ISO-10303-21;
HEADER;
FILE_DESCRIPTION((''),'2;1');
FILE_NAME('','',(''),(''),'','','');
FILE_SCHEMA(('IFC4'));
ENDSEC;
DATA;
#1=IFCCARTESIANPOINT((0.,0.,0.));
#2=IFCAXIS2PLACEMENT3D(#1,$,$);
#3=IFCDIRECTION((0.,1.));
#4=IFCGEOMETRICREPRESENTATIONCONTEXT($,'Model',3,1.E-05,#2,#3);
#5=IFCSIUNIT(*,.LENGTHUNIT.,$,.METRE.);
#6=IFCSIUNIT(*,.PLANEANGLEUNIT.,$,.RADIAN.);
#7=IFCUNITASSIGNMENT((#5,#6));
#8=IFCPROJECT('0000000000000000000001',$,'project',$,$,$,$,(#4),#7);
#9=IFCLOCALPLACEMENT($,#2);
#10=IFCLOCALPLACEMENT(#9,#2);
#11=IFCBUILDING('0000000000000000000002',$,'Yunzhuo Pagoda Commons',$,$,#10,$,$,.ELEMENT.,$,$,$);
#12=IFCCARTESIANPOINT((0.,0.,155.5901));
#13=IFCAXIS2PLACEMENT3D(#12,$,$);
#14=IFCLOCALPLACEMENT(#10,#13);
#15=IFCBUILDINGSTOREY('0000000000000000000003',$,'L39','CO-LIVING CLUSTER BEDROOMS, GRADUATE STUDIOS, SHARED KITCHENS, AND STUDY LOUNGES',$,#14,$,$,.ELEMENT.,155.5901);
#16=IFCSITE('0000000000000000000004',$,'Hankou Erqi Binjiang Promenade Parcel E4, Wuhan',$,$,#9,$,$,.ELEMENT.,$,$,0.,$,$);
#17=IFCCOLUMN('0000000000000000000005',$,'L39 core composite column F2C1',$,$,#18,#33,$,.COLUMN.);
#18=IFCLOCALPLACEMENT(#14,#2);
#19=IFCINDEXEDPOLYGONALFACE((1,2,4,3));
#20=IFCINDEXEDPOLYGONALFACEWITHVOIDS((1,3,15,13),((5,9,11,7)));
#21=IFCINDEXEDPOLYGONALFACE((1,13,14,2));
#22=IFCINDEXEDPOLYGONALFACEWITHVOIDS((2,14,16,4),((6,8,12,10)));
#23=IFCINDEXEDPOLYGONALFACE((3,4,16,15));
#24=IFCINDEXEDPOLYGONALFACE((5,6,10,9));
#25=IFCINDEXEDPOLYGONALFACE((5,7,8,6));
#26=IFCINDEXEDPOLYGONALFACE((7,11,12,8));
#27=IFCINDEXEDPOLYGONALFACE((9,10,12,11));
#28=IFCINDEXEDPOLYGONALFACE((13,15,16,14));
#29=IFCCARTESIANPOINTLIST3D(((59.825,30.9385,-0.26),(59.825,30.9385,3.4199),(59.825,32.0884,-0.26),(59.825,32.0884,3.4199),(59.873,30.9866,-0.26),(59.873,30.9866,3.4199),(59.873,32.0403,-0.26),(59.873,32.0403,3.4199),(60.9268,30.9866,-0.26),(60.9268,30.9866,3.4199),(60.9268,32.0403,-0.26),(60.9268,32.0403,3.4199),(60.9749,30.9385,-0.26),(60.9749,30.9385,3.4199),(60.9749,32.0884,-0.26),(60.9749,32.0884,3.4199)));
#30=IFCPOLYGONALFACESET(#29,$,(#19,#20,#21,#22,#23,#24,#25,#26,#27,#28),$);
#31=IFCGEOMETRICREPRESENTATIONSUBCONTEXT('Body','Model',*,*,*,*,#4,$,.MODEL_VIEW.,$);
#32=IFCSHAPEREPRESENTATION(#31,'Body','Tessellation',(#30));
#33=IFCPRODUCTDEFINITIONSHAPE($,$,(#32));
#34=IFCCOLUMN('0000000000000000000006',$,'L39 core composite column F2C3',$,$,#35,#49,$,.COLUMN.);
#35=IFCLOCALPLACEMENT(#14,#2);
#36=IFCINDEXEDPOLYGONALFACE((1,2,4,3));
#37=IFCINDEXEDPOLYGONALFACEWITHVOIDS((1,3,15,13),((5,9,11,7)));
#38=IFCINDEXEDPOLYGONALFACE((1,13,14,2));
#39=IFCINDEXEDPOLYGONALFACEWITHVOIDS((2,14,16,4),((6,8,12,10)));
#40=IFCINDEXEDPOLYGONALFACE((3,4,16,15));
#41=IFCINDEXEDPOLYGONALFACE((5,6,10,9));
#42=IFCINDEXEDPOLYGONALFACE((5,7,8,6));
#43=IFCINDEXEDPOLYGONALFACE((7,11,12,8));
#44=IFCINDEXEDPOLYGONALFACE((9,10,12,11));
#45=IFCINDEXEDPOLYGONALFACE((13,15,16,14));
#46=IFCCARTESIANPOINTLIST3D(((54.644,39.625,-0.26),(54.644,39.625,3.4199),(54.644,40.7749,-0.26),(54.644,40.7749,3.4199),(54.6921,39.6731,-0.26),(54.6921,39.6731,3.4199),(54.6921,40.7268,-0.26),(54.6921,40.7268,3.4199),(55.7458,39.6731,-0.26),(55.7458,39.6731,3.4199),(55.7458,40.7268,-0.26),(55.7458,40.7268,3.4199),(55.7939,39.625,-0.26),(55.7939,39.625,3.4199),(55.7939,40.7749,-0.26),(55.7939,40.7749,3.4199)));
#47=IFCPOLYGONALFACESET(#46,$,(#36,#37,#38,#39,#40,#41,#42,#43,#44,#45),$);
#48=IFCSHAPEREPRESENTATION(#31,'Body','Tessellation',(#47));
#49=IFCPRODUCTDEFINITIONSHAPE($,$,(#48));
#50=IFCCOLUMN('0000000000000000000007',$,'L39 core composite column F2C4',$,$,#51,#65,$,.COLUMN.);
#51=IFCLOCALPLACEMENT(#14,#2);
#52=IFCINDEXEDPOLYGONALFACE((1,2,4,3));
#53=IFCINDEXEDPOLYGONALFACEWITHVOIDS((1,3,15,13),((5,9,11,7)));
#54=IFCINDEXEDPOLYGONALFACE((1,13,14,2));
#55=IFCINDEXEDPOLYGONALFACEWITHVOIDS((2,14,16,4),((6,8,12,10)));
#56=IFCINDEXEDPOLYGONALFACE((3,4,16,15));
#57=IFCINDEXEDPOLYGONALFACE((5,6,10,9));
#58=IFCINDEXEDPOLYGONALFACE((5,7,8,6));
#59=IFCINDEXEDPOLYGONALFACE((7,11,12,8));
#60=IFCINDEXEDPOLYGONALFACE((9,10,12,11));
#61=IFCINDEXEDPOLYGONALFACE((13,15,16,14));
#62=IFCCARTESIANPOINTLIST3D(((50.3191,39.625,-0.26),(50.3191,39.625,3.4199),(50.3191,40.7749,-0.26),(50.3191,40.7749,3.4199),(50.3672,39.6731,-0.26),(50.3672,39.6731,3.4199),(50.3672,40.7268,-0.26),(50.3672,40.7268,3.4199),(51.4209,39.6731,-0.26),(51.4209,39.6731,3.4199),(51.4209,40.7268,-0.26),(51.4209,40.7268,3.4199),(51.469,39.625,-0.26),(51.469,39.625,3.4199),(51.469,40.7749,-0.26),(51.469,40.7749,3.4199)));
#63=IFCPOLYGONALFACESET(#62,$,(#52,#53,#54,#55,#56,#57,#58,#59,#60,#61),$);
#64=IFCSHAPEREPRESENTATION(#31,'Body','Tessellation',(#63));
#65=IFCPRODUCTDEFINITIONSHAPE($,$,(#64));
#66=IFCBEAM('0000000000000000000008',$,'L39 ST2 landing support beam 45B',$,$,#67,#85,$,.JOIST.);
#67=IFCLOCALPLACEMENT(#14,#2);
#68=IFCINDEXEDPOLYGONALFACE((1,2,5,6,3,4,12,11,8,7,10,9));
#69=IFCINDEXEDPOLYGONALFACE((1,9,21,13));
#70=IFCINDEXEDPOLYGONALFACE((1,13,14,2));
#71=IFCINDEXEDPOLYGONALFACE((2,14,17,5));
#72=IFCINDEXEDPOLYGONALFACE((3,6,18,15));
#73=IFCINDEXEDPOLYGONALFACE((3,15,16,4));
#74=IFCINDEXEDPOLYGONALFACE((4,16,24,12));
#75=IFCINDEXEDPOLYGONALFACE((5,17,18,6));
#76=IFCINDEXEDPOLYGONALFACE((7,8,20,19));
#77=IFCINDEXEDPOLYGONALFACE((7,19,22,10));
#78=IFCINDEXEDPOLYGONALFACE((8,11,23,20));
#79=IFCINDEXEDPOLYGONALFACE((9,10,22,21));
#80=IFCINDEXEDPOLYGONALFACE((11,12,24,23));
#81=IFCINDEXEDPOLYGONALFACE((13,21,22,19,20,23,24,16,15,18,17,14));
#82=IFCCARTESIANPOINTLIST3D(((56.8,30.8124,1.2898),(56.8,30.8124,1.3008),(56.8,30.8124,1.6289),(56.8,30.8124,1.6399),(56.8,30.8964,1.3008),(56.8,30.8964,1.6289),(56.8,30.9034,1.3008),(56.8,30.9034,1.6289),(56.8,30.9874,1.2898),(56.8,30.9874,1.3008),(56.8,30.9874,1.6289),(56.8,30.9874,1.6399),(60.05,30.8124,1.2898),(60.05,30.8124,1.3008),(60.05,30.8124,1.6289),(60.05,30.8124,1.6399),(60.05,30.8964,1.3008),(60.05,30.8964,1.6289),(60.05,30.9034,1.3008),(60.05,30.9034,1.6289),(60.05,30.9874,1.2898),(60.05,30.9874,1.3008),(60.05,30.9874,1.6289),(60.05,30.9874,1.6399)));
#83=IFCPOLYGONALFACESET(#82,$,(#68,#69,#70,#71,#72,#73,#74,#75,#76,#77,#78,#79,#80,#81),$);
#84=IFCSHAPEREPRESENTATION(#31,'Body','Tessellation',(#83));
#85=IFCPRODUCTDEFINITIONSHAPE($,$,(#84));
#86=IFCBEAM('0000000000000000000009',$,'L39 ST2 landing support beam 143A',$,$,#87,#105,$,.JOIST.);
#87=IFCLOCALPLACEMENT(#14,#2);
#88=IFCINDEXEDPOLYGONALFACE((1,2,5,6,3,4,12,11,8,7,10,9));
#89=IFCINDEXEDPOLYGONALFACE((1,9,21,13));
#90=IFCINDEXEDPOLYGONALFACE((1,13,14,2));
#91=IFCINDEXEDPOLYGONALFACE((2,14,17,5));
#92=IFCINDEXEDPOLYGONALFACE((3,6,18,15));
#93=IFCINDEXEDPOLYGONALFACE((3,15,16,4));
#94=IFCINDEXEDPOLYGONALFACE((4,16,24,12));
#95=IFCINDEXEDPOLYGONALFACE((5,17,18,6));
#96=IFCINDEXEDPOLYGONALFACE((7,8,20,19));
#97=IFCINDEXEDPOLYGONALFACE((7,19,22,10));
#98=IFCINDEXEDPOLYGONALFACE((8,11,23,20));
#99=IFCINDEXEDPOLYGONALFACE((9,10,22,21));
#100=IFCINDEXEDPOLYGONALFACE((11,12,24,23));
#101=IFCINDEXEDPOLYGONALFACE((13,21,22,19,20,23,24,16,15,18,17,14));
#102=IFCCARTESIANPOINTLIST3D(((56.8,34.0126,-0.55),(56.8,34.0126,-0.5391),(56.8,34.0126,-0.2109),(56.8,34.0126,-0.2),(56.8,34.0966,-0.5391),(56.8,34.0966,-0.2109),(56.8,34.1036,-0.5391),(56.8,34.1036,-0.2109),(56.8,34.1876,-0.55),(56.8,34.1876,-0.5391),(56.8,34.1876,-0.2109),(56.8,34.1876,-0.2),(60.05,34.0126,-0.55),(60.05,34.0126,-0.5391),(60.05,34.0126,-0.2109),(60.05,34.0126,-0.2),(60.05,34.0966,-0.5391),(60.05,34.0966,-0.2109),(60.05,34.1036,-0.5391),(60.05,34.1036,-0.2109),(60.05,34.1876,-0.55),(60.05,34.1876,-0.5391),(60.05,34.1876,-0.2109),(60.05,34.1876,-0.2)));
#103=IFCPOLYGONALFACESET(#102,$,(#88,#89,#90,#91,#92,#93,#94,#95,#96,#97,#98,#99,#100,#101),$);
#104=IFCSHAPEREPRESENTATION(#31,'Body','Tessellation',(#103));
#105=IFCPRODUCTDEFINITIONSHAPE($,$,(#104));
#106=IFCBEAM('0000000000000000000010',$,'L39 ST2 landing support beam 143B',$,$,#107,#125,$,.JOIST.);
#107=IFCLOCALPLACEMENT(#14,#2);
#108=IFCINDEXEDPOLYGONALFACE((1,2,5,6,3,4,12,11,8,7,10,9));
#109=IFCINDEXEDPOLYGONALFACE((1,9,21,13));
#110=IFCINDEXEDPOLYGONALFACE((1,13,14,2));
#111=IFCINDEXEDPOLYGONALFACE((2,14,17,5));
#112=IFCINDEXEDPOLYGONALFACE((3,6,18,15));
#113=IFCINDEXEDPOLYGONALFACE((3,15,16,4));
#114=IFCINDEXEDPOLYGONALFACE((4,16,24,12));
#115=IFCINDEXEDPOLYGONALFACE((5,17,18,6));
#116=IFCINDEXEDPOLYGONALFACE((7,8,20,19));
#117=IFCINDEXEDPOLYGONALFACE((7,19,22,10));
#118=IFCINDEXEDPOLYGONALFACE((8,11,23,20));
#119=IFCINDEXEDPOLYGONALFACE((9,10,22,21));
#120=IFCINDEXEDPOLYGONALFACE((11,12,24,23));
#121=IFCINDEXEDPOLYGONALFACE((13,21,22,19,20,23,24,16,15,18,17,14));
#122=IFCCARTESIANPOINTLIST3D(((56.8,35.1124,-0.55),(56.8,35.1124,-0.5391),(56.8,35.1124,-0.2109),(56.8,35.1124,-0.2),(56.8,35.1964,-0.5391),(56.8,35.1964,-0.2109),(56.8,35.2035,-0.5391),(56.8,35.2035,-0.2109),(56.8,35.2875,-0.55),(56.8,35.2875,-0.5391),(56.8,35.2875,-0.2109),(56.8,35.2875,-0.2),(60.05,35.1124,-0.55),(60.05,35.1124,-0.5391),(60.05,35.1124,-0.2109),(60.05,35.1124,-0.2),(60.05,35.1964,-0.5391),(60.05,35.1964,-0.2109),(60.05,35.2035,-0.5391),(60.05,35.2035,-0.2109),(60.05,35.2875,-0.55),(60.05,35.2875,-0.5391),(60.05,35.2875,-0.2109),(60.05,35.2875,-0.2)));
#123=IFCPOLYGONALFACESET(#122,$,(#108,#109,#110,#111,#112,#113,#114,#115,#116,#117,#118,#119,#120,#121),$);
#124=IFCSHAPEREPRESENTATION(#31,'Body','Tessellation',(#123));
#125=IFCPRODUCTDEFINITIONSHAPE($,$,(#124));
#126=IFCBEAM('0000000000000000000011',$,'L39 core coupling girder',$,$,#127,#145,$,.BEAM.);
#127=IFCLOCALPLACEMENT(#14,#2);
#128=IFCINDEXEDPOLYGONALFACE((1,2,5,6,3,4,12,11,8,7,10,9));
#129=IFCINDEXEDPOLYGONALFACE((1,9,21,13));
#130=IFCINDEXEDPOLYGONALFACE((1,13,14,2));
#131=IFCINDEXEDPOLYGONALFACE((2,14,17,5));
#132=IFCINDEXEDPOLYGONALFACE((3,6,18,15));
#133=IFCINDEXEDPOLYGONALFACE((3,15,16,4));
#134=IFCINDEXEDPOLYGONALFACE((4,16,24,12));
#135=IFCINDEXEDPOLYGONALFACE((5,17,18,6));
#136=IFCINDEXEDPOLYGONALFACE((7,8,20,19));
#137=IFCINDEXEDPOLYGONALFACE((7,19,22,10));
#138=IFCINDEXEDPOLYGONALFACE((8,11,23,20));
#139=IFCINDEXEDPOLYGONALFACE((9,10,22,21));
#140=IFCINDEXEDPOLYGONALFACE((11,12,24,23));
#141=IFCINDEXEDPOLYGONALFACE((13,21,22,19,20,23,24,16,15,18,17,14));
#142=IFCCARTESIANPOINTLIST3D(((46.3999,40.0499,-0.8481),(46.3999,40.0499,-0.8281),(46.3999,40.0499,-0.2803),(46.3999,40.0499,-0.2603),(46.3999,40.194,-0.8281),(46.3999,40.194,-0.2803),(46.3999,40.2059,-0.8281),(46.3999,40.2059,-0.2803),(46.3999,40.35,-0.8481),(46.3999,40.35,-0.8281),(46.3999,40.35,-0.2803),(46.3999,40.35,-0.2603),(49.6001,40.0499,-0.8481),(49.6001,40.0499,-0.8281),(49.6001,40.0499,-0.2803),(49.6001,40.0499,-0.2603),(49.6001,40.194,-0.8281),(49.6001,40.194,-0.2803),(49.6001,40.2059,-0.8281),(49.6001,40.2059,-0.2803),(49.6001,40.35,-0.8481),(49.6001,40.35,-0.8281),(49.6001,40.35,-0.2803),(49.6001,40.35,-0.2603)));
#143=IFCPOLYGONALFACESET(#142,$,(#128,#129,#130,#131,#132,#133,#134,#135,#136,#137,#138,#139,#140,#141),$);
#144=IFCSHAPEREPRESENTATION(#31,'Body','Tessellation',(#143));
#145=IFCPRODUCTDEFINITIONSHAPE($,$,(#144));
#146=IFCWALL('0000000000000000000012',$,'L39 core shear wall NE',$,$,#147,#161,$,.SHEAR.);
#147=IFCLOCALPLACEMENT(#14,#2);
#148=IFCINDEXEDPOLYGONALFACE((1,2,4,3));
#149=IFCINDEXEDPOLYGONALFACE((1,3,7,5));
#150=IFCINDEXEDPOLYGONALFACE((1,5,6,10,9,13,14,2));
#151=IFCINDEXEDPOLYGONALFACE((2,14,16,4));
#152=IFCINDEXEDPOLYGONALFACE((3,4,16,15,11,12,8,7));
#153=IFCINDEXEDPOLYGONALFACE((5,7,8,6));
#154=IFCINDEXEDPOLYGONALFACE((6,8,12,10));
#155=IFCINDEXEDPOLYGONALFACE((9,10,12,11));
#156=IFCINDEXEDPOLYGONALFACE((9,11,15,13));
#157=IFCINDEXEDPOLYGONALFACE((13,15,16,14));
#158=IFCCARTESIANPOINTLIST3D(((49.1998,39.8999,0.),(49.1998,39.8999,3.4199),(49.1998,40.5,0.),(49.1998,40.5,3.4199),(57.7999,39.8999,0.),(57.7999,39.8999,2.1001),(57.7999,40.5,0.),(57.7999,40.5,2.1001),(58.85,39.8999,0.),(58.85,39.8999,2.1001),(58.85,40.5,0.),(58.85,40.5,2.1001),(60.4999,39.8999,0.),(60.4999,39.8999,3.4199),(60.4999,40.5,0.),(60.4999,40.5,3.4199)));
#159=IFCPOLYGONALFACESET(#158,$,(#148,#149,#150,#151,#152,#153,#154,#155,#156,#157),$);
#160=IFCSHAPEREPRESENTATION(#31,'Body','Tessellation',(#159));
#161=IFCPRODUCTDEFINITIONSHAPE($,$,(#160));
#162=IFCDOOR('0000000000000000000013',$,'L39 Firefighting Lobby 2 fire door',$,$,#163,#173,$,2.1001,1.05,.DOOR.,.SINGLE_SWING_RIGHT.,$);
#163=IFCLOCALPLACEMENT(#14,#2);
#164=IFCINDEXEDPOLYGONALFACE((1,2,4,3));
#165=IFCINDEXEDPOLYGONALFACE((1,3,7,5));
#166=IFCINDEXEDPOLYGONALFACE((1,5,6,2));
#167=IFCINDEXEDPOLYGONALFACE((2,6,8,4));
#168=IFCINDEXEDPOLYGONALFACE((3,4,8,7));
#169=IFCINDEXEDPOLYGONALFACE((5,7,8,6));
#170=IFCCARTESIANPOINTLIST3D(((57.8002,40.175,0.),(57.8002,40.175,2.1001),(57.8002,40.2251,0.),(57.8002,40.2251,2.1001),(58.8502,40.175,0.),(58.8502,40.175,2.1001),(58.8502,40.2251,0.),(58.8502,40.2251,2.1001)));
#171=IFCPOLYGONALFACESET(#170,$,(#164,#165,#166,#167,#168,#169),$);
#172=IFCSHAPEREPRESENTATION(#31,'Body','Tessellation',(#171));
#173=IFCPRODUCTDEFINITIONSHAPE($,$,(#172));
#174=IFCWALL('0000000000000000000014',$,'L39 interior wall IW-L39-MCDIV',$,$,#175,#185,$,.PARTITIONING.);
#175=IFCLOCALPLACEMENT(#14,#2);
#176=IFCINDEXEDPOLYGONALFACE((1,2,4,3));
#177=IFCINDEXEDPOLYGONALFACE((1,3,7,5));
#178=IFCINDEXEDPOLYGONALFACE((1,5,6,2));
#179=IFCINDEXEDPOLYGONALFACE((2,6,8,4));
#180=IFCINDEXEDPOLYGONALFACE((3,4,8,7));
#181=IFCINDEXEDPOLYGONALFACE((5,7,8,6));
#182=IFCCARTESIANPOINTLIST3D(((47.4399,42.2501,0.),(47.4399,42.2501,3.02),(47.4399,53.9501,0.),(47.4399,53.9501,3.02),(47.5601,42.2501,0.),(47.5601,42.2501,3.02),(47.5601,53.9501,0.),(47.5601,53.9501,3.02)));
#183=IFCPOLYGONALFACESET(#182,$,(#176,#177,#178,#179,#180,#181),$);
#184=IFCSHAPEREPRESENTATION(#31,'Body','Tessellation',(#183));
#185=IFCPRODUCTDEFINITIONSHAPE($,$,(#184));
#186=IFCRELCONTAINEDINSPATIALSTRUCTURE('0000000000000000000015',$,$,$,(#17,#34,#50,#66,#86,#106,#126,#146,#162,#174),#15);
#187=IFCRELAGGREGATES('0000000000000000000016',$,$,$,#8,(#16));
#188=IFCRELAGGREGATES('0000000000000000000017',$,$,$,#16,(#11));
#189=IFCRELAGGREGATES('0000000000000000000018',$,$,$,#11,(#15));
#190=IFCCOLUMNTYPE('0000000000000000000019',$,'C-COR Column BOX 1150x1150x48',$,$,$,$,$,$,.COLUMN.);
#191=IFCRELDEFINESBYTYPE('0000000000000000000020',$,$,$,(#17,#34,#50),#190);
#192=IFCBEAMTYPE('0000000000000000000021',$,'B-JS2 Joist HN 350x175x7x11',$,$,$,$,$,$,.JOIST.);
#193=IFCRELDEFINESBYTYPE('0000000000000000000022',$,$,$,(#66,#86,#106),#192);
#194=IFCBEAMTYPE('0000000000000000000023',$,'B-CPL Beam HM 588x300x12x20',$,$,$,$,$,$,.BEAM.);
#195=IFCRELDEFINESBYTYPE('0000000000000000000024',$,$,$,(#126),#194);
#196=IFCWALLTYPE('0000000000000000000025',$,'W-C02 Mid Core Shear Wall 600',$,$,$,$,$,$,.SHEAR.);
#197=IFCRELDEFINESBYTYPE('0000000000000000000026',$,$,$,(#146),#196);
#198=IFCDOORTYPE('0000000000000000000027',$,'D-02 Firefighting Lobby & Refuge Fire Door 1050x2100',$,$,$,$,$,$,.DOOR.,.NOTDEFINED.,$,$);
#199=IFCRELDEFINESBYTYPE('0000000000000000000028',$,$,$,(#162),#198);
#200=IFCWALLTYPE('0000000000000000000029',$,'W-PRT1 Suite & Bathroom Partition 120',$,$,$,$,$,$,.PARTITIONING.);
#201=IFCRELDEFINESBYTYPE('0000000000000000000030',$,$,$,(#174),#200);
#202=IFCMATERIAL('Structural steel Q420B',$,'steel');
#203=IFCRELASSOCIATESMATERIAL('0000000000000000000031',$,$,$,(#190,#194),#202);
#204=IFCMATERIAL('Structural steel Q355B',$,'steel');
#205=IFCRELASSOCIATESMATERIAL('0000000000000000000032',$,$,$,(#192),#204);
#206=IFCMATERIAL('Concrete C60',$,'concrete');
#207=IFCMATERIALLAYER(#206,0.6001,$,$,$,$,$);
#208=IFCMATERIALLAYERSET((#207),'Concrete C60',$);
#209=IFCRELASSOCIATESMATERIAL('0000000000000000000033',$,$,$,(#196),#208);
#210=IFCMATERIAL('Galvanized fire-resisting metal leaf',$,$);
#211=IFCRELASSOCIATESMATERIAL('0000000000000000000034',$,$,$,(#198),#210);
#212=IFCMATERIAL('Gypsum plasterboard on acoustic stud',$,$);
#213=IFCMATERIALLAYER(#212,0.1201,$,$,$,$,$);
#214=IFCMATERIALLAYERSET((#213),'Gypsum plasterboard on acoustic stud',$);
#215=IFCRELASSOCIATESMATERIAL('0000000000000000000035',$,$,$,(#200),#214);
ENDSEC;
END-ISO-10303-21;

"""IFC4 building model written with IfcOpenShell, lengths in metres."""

from ifc_helpers import new_model, si_unit, direction, frame, frame_2d, origin, origin_2d, place, context, subcontext, project, spatial, rectangle, hollow_rectangle, i_section, extrude, source, transform, mapped, material, layer, layer_set, material_profile, profile_set, type_object, element, fill, save


model = new_model("IFC4")

# Units and contexts
model_context = context("Model", 3, precision=1e-05, world=origin(), true_north=direction((0.0, 1.0)))
body_context = subcontext(model_context, "Body", "Model", "MODEL_VIEW")
ifc_project = project(units=[si_unit("LENGTHUNIT", "METRE"), si_unit("PLANEANGLEUNIT", "RADIAN")], contexts=[model_context])

# Site, building, storey
site_placement = place(None, origin())
site = spatial("IfcSite", under=ifc_project, at=site_placement, Name="Hankou Erqi Binjiang Promenade Parcel E4, Wuhan", CompositionType="ELEMENT", RefElevation=0.0)
building_placement = place(site_placement, origin())
building = spatial("IfcBuilding", under=site, at=building_placement, Name="Yunzhuo Pagoda Commons", CompositionType="ELEMENT")
storey_placement = place(building_placement, frame((0.0, 0.0, 155.5901)))
storey = spatial("IfcBuildingStorey", under=building, at=storey_placement, Name="L39", Description="CO-LIVING CLUSTER BEDROOMS, GRADUATE STUDIOS, SHARED KITCHENS, AND STUDY LOUNGES", CompositionType="ELEMENT", Elevation=155.5901)

# Columns
ifc_material_1 = material(Name="Structural steel Q420B", Category="steel")
ifc_material_profile_1 = material_profile(ifc_material_1, hollow_rectangle(XDim=1.1499, YDim=1.1499, WallThickness=0.0481, at=origin_2d()), Name="Structural steel Q420B")
ifc_profile_set_1 = profile_set([ifc_material_profile_1], Name="Structural steel Q420B")
column_type = type_object("IfcColumnType", Name="C-COR Column BOX 1150x1150x48", PredefinedType="COLUMN", material=ifc_profile_set_1)
shared_shape_1 = source(origin(), body_context, "Body", "SweptSolid", [
    extrude(hollow_rectangle(XDim=1.1499, YDim=1.1499, WallThickness=0.0481, at=origin_2d()), origin(), (0.0, 0.0, 1.0), 3.6799),
])
for number, where, z_axis, x_axis, name in (
    (1, (60.3999, 31.5134, -0.26), (0.0, 0.0, 1.0), (1.0, 0.0, 0.0), "L39 core composite column F2C1"),
    (2, (55.219, 40.2, -0.26), (0.0, 0.0, 1.0), (1.0, 0.0, 0.0), "L39 core composite column F2C3"),
    (3, (50.894, 40.2, -0.26), (0.0, 0.0, 1.0), (1.0, 0.0, 0.0), "L39 core composite column F2C4"),
):
    element("IfcColumn", number, at=place(storey_placement, frame(where, z_axis=z_axis, x_axis=x_axis)), inside=storey, type_object=column_type, Name=name, PredefinedType="COLUMN", context=body_context, shape_type="MappedRepresentation", body=[
        mapped(shared_shape_1, transform((0.0, 0.0, 0.0), scale=1.0)),
    ])

# Beams
ifc_material_2 = material(Name="Structural steel Q355B", Category="steel")
ifc_material_profile_2 = material_profile(ifc_material_2, i_section(OverallWidth=0.175, OverallDepth=0.3501, WebThickness=0.0071, FlangeThickness=0.011, at=origin_2d()), Name="Structural steel Q355B")
ifc_profile_set_2 = profile_set([ifc_material_profile_2], Name="Structural steel Q355B")
beam_type_1 = type_object("IfcBeamType", Name="B-JS2 Joist HN 350x175x7x11", PredefinedType="JOIST", material=ifc_profile_set_2)
shared_shape_2 = source(origin(), body_context, "Body", "SweptSolid", [
    extrude(i_section(OverallWidth=0.175, OverallDepth=0.3501, WebThickness=0.0071, FlangeThickness=0.011, at=origin_2d()), origin(), (0.0, 0.0, 1.0), 3.25),
])
for number, where, z_axis, x_axis, name in (
    (4, (56.8, 30.8999, 1.4648), (1.0, 0.0, 0.0), (0.0, 1.0, 0.0), "L39 ST2 landing support beam 45B"),
    (5, (56.8, 34.1001, -0.375), (1.0, 0.0, 0.0), (0.0, 1.0, 0.0), "L39 ST2 landing support beam 143A"),
    (6, (56.8, 35.2, -0.375), (1.0, 0.0, 0.0), (0.0, 1.0, 0.0), "L39 ST2 landing support beam 143B"),
):
    element("IfcBeam", number, at=place(storey_placement, frame(where, z_axis=z_axis, x_axis=x_axis)), inside=storey, type_object=beam_type_1, Name=name, PredefinedType="JOIST", context=body_context, shape_type="MappedRepresentation", body=[
        mapped(shared_shape_2, transform((0.0, 0.0, 0.0), scale=1.0)),
    ])
ifc_material_profile_3 = material_profile(ifc_material_1, i_section(OverallWidth=0.3, OverallDepth=0.5879, WebThickness=0.012, FlangeThickness=0.02, at=origin_2d()), Name="Structural steel Q420B")
ifc_profile_set_3 = profile_set([ifc_material_profile_3], Name="Structural steel Q420B")
beam_type_2 = type_object("IfcBeamType", Name="B-CPL Beam HM 588x300x12x20", PredefinedType="BEAM", material=ifc_profile_set_3)
shared_shape_3 = source(origin(), body_context, "Body", "SweptSolid", [
    extrude(i_section(OverallWidth=0.3, OverallDepth=0.5879, WebThickness=0.012, FlangeThickness=0.02, at=origin_2d()), origin(), (0.0, 0.0, 1.0), 3.2002),
])
beam_placement = place(storey_placement, frame((46.3999, 40.2, -0.5542), z_axis=(1.0, 0.0, 0.0), x_axis=(0.0, 1.0, 0.0)))
element("IfcBeam", 7, at=beam_placement, inside=storey, type_object=beam_type_2, Name="L39 core coupling girder", PredefinedType="BEAM", context=body_context, shape_type="MappedRepresentation", body=[
    mapped(shared_shape_3, transform((0.0, 0.0, 0.0), scale=1.0)),
])

# Wall, opening, door
ifc_material_3 = material(Name="Concrete C60", Category="concrete")
ifc_layer_1 = layer(ifc_material_3, 0.6001)
ifc_layer_set_1 = layer_set([ifc_layer_1], Name="Concrete C60")
wall_type_1 = type_object("IfcWallType", Name="W-C02 Mid Core Shear Wall 600", PredefinedType="SHEAR", material=ifc_layer_set_1)
wall_1_placement = place(storey_placement, frame((49.2, 40.2, 0.0), z_axis=(0.0, 0.0, 1.0), x_axis=(1.0, 0.0, 0.0)))
wall_1 = element("IfcWall", 8, at=wall_1_placement, inside=storey, type_object=wall_type_1, Name="L39 core shear wall NE", PredefinedType="SHEAR", context=body_context, shape_type="SweptSolid", body=[
    extrude(rectangle(XDim=11.3, YDim=0.6001, at=frame_2d((5.6499, 0.0))), origin(), (0.0, 0.0, 1.0), 3.4199),
])
opening_1_placement = place(wall_1_placement, frame((8.6001, 0.0, 0.0)))
opening_1 = element("IfcOpeningElement", 9, at=opening_1_placement, cuts=wall_1, PredefinedType="OPENING", context=body_context, shape_type="SweptSolid", body=[
    extrude(rectangle(XDim=1.05, YDim=2.1001, at=frame_2d((0.5249, 1.05))), frame((0.0, 0.3101, 0.0), z_axis=(0.0, -1.0, 0.0), x_axis=(1.0, 0.0, 0.0)), (0.0, 0.0, 1.0), 0.6201),
])
ifc_material_4 = material(Name="Galvanized fire-resisting metal leaf")
door_type_1 = type_object("IfcDoorType", Name="D-02 Firefighting Lobby & Refuge Fire Door 1050x2100", OperationType="NOTDEFINED", PredefinedType="DOOR", material=ifc_material_4)
shared_shape_4 = source(origin(), body_context, "Body", "SweptSolid", [
    extrude(rectangle(XDim=1.05, YDim=2.1001, at=frame_2d((0.5249, 1.05))), frame((0.0, 0.0249, 0.0), z_axis=(0.0, -1.0, 0.0), x_axis=(1.0, 0.0, 0.0)), (0.0, 0.0, 1.0), 0.05),
])
door_1_placement = place(opening_1_placement, frame((1.05, 0.0, 0.0), z_axis=(0.0, 0.0, 1.0), x_axis=(-1.0, 0.0, 0.0)))
door_1 = element("IfcDoor", 10, at=door_1_placement, inside=storey, type_object=door_type_1, Name="L39 Firefighting Lobby 2 fire door", OperationType="SINGLE_SWING_RIGHT", OverallHeight=2.1001, OverallWidth=1.05, PredefinedType="DOOR", context=body_context, shape_type="MappedRepresentation", body=[
    mapped(shared_shape_4, transform((0.0, 0.0, 0.0), scale=1.0)),
])
fill(opening_1, door_1)

# Wall
ifc_material_5 = material(Name="Gypsum plasterboard on acoustic stud")
ifc_layer_2 = layer(ifc_material_5, 0.1201)
ifc_layer_set_2 = layer_set([ifc_layer_2], Name="Gypsum plasterboard on acoustic stud")
wall_type_2 = type_object("IfcWallType", Name="W-PRT1 Suite & Bathroom Partition 120", PredefinedType="PARTITIONING", material=ifc_layer_set_2)
wall_2_placement = place(storey_placement, frame((47.5, 42.25, 0.0), z_axis=(0.0, 0.0, 1.0), x_axis=(0.0, 1.0, 0.0)))
element("IfcWall", 11, at=wall_2_placement, inside=storey, type_object=wall_type_2, Name="L39 interior wall IW-L39-MCDIV", PredefinedType="PARTITIONING", context=body_context, shape_type="SweptSolid", body=[
    extrude(rectangle(XDim=11.7, YDim=0.1201, at=frame_2d((5.8501, 0.0))), origin(), (0.0, 0.0, 1.0), 3.02),
])

save(model, "model.ifc")
